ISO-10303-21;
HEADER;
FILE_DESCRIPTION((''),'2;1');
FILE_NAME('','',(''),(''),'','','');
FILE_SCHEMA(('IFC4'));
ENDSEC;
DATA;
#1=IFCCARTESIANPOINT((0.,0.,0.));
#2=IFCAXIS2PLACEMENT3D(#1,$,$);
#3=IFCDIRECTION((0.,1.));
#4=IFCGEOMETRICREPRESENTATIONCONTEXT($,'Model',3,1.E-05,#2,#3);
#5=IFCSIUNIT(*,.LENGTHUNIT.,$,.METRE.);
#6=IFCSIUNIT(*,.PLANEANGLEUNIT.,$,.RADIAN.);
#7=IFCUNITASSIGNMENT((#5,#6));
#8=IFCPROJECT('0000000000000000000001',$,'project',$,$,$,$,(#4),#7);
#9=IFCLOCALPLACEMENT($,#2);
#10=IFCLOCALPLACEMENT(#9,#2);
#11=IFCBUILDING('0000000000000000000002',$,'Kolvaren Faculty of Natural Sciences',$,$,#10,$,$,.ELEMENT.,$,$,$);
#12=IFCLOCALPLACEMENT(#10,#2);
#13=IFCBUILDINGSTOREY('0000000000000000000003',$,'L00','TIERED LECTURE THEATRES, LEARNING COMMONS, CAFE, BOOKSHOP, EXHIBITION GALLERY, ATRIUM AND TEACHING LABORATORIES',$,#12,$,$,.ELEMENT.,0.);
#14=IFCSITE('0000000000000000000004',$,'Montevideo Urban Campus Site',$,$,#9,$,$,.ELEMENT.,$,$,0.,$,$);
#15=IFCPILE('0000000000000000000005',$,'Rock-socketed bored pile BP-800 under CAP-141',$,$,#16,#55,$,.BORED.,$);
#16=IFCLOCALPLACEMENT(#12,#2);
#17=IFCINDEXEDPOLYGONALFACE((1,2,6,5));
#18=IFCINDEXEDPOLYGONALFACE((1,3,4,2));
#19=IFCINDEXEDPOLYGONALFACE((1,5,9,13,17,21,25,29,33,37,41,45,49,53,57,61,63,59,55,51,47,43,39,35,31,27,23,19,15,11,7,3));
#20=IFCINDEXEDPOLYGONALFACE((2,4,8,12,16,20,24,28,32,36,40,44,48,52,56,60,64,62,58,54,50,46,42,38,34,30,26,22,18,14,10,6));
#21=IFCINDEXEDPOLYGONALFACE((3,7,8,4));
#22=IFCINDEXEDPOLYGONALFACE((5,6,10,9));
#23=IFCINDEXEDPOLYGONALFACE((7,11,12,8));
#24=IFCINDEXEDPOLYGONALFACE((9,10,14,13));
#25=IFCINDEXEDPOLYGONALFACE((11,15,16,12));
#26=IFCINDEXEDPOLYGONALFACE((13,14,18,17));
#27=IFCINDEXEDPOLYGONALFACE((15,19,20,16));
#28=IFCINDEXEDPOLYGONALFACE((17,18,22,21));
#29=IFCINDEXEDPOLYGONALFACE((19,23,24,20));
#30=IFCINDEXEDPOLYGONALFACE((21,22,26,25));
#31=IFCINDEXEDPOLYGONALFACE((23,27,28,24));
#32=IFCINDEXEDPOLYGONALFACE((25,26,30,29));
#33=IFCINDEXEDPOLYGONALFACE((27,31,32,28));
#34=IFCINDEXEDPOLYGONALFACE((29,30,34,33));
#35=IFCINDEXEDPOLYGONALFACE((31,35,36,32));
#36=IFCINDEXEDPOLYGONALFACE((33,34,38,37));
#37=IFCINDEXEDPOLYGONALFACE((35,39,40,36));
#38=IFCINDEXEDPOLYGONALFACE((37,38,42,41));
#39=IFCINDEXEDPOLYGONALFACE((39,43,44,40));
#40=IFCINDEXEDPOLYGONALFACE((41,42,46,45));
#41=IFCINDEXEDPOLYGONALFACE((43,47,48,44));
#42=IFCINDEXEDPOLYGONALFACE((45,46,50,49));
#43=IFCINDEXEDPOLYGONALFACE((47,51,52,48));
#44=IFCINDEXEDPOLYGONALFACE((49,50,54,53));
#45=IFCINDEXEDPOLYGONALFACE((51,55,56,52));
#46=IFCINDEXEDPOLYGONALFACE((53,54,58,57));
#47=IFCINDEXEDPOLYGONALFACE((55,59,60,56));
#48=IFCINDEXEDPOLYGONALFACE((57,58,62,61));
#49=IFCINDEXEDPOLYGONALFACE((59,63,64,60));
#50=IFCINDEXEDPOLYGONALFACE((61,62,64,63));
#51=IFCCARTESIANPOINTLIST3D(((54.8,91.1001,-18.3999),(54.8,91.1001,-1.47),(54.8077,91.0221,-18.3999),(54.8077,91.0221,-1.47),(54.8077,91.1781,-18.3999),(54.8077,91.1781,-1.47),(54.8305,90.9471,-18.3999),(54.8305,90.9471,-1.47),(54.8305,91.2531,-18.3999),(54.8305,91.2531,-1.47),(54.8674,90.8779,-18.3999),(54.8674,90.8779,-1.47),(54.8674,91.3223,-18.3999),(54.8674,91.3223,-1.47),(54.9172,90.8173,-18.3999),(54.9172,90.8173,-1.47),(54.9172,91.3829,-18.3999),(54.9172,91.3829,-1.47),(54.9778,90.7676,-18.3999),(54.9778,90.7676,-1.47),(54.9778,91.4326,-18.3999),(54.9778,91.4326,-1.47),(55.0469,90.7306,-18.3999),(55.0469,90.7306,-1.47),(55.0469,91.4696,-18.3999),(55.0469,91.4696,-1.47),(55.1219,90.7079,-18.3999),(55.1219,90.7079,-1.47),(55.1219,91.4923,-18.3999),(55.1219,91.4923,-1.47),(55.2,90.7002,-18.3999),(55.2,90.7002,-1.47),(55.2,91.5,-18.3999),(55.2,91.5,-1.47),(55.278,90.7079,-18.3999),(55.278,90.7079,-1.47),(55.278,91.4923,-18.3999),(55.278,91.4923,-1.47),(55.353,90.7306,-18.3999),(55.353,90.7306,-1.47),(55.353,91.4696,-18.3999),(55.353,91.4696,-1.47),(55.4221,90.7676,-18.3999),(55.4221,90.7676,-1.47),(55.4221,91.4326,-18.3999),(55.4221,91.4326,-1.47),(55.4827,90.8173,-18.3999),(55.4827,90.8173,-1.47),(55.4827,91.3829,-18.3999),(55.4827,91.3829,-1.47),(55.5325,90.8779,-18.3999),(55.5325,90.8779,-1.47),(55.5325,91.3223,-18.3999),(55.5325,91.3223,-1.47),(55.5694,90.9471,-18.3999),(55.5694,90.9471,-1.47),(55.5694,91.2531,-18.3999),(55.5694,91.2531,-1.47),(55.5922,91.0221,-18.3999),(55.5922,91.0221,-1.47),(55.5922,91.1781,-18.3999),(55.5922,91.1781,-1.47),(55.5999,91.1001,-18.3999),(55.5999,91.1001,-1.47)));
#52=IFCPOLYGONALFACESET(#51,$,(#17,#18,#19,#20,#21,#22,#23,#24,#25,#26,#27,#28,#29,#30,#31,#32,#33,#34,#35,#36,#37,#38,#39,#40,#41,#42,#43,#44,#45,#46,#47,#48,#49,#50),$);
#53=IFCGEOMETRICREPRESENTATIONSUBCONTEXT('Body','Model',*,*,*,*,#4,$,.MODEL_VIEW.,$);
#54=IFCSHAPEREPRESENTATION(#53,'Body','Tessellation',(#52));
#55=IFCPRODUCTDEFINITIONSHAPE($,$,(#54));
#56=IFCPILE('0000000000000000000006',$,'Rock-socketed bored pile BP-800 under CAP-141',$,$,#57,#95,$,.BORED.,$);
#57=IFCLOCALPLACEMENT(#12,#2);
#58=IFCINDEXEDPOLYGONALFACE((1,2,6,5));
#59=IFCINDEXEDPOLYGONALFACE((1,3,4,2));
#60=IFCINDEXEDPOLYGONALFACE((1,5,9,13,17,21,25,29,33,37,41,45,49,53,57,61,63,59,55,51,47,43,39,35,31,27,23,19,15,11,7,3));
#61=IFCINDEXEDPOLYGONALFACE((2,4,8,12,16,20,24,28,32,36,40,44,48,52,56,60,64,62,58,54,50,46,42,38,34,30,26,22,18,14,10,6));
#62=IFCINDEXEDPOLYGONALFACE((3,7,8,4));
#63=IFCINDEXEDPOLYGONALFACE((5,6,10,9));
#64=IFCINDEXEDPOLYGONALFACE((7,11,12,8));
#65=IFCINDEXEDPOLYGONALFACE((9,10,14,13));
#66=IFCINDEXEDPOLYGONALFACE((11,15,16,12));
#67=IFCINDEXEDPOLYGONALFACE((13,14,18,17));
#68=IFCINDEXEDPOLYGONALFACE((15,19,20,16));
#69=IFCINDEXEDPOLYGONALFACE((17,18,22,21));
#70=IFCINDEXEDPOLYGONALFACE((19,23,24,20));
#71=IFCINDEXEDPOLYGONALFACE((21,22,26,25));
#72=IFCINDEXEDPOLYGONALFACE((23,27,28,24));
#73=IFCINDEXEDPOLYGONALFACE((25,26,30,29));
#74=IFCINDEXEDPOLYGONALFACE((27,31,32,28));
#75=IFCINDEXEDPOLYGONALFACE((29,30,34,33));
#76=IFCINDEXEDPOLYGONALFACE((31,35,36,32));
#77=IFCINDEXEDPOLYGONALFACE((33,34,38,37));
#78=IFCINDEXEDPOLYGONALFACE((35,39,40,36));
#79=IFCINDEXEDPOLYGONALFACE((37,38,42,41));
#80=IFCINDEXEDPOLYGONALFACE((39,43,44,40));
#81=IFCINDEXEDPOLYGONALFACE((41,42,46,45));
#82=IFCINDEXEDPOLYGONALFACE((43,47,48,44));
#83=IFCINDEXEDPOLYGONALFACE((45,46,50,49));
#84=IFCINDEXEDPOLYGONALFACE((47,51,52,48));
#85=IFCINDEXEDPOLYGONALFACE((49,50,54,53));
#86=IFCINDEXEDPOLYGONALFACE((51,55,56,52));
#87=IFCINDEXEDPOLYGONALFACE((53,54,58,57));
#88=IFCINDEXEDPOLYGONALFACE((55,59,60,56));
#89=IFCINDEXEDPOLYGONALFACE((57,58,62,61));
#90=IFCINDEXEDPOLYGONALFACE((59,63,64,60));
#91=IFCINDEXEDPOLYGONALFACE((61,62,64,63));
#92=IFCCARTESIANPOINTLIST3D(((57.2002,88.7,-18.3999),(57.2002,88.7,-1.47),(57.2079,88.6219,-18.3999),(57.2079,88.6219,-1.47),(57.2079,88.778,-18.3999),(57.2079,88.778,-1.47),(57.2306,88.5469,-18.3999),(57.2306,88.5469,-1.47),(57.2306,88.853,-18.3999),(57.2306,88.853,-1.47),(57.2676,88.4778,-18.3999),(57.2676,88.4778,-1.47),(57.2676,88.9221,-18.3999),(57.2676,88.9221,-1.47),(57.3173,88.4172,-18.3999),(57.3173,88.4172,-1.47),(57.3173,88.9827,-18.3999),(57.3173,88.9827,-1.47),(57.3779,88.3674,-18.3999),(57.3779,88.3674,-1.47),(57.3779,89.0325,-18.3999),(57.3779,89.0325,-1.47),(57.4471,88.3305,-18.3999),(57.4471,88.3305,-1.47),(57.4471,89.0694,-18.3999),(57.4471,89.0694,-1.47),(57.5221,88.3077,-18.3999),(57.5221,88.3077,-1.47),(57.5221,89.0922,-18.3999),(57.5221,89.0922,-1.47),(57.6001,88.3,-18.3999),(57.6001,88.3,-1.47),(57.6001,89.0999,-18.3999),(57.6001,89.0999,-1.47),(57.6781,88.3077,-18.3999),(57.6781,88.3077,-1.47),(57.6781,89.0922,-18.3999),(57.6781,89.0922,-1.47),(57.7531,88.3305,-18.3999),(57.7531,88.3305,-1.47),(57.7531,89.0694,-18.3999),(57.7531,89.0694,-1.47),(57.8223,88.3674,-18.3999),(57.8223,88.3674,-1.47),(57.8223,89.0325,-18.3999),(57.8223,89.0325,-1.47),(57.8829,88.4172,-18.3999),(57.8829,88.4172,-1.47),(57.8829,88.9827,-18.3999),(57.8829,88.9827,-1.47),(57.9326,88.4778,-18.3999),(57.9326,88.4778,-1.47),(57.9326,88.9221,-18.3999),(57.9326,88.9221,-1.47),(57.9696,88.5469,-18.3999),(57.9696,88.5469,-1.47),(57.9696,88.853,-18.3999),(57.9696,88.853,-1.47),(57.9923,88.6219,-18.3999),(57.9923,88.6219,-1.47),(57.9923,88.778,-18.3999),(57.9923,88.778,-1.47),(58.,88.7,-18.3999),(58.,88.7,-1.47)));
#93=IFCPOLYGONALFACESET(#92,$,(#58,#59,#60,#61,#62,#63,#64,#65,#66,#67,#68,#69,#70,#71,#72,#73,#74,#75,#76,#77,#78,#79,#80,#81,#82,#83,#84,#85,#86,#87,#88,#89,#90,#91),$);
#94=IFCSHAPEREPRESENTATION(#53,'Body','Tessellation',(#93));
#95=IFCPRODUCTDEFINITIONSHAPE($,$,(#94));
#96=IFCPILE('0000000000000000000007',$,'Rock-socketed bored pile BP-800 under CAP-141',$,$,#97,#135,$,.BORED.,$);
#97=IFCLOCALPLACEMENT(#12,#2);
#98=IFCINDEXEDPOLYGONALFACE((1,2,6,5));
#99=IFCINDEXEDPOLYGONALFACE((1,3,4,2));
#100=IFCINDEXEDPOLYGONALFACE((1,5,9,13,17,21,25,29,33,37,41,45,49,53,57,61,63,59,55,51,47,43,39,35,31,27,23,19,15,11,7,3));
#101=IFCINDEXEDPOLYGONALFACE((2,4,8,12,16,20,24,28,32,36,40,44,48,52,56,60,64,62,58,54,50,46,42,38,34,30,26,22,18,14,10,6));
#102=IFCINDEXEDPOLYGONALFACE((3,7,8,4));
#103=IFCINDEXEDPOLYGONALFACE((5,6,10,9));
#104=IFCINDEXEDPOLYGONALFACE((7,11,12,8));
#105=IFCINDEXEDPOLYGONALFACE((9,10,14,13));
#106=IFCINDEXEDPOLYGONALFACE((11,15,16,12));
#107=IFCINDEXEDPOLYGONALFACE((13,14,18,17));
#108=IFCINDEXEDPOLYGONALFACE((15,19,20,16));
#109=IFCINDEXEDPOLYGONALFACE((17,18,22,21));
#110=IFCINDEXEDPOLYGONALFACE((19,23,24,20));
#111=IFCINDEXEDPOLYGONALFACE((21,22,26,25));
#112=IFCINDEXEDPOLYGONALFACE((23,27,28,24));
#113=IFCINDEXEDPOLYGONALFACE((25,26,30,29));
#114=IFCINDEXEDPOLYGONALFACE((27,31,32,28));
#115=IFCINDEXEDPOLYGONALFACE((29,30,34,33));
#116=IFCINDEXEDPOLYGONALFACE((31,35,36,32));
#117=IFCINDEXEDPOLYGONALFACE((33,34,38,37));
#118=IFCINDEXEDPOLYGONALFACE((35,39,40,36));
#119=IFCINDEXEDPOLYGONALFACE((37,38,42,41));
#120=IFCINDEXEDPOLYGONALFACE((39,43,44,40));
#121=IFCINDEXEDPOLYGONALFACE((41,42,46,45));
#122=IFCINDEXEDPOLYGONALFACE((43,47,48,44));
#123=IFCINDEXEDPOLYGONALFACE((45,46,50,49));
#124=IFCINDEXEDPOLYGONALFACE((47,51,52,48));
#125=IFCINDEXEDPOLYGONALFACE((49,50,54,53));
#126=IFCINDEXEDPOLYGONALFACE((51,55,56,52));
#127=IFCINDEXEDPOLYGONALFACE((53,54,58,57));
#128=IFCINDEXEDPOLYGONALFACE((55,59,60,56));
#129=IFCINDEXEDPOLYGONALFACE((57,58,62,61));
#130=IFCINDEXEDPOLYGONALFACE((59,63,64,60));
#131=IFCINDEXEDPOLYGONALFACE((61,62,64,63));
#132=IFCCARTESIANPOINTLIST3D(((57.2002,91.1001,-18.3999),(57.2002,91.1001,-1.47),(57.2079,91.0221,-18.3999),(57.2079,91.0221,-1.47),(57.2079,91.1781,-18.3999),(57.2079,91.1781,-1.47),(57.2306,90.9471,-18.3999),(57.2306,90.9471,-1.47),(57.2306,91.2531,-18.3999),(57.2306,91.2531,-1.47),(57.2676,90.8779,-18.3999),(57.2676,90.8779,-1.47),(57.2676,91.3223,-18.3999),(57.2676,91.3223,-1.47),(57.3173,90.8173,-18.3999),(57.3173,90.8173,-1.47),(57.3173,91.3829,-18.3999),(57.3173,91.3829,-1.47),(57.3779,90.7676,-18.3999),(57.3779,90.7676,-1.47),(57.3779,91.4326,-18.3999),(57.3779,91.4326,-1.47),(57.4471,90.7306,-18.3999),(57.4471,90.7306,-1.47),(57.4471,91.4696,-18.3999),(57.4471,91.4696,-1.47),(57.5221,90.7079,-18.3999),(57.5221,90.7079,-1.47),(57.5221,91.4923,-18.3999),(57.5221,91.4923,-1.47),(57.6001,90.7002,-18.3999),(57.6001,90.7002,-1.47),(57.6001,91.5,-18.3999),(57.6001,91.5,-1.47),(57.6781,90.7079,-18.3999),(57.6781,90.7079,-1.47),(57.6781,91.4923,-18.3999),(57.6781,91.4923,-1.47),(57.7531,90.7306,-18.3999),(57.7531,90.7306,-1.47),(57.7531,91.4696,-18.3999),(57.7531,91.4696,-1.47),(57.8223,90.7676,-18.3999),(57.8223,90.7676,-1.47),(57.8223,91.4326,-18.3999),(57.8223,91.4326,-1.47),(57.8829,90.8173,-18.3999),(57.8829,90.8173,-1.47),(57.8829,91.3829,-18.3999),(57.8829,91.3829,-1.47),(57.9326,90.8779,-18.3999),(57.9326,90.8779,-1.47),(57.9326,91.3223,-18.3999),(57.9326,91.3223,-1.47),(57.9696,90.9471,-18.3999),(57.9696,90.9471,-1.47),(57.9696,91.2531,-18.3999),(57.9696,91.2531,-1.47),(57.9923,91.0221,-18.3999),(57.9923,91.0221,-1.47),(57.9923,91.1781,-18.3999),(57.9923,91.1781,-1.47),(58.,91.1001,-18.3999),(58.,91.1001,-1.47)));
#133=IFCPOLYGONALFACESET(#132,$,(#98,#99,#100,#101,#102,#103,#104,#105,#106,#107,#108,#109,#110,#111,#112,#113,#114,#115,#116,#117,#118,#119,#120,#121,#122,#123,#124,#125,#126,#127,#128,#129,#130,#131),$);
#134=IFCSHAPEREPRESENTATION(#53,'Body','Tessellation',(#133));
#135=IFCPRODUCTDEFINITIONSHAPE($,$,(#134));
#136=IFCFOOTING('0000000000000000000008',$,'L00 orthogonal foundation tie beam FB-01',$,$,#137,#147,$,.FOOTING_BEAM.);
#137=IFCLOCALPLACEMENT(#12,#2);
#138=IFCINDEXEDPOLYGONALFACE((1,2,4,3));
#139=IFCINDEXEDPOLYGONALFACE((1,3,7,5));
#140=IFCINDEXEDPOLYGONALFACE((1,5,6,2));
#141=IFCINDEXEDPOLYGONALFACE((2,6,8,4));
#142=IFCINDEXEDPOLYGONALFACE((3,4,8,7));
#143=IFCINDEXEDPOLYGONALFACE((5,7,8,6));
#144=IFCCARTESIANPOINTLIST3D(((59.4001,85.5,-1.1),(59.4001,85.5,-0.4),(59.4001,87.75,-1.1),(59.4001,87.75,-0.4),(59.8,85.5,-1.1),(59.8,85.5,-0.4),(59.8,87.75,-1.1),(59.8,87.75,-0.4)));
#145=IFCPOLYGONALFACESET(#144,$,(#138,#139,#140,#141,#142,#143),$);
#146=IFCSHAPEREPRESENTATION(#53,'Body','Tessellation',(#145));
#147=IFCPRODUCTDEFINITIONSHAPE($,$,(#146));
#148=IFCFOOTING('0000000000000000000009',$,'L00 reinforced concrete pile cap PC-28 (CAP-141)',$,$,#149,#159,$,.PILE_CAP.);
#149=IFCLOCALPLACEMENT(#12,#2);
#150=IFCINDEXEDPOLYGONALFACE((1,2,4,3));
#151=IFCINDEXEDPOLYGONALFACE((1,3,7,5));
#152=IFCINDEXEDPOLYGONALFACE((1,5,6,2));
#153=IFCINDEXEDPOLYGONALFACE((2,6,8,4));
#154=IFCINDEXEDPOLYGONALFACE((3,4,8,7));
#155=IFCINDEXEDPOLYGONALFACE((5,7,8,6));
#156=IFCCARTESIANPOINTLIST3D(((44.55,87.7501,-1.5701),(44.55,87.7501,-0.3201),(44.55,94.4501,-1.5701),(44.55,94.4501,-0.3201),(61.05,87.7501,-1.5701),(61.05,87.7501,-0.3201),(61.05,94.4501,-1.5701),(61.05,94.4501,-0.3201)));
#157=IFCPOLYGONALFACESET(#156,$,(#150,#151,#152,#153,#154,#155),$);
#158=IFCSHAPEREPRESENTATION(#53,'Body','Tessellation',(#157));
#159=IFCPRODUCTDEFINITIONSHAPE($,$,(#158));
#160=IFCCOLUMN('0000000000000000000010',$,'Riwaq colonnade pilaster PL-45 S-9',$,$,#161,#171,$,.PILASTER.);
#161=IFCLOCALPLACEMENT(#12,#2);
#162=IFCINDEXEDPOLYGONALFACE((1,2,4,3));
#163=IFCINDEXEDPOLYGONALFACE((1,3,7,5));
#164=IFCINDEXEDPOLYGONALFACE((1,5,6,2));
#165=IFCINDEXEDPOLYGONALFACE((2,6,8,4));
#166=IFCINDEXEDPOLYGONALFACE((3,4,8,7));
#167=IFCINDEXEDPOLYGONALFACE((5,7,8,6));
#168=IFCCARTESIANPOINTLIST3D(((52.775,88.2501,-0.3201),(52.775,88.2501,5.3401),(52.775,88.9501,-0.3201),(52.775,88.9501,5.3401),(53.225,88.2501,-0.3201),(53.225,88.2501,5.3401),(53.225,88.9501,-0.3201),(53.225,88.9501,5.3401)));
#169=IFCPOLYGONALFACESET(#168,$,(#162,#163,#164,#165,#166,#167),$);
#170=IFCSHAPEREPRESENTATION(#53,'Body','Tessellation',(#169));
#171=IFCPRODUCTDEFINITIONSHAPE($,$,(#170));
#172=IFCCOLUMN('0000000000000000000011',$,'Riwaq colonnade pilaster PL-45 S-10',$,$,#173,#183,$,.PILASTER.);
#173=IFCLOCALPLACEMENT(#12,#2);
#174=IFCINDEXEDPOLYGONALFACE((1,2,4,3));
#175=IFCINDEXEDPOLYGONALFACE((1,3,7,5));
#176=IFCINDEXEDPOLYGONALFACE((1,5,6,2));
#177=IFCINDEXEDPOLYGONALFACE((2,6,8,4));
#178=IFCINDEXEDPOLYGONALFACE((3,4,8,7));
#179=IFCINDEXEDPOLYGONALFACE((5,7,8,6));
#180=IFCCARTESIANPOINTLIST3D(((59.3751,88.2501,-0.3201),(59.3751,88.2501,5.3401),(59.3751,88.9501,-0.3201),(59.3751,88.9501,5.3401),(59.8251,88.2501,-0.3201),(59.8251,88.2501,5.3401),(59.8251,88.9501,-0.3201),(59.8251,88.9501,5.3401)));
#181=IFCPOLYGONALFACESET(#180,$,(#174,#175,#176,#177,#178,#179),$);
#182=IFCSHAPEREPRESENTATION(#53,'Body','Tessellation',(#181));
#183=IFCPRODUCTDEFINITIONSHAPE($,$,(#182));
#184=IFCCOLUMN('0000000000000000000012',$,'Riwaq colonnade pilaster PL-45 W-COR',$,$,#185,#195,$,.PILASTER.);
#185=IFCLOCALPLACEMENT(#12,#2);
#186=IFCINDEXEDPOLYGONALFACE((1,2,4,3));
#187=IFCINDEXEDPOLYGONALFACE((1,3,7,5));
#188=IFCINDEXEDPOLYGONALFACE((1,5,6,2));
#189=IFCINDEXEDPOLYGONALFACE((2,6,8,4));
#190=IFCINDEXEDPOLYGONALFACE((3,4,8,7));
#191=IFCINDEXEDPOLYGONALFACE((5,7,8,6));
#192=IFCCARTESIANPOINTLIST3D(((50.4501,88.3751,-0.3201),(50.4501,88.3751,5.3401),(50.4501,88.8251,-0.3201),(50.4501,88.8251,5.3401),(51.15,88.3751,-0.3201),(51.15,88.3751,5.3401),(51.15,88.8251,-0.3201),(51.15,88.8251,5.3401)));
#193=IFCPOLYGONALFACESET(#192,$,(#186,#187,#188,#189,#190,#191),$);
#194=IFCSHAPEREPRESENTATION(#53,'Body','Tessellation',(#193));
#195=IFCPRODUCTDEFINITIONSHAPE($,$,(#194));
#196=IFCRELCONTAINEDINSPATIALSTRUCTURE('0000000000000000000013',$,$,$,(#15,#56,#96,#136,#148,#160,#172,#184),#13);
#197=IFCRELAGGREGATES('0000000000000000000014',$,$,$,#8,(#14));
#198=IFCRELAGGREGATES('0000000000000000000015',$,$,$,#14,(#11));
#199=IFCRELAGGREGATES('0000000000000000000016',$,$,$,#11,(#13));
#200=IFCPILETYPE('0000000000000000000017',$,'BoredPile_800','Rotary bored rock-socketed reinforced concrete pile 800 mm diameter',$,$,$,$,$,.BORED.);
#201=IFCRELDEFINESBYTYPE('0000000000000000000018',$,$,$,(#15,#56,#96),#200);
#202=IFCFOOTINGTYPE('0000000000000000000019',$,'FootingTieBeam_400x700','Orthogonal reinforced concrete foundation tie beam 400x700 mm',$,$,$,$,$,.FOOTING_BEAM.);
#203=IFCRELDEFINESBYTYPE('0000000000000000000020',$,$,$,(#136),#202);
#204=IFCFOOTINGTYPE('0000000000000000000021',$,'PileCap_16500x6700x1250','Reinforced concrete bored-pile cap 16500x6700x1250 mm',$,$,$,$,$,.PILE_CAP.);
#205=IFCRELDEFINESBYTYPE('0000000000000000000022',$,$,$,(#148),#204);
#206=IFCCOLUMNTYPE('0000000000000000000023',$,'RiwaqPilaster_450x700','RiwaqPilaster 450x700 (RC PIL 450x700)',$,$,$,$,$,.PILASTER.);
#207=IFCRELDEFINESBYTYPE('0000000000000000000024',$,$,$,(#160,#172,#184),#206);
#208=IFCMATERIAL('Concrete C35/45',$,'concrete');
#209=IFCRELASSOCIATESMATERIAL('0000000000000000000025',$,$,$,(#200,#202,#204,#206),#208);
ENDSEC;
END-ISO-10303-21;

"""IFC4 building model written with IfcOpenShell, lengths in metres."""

from ifc_helpers import new_model, si_unit, direction, frame, origin, origin_2d, place, context, subcontext, project, spatial, rectangle, circle, extrude, material, material_profile, profile_set, type_object, element, save


model = new_model("IFC4")

# Units and contexts
model_context = context("Model", 3, precision=1e-05, world=origin(), true_north=direction((0.0, 1.0)))
body_context = subcontext(model_context, "Body", "Model", "MODEL_VIEW")
ifc_project = project(units=[si_unit("LENGTHUNIT", "METRE"), si_unit("PLANEANGLEUNIT", "RADIAN")], contexts=[model_context])

# Site, building, storey
site_placement = place(None, origin())
site = spatial("IfcSite", under=ifc_project, at=site_placement, Name="Montevideo Urban Campus Site", CompositionType="ELEMENT", RefElevation=0.0)
building_placement = place(site_placement, origin())
building = spatial("IfcBuilding", under=site, at=building_placement, Name="Kolvaren Faculty of Natural Sciences", CompositionType="ELEMENT")
storey_placement = place(building_placement, origin())
storey = spatial("IfcBuildingStorey", under=building, at=storey_placement, Name="L00", Description="TIERED LECTURE THEATRES, LEARNING COMMONS, CAFE, BOOKSHOP, EXHIBITION GALLERY, ATRIUM AND TEACHING LABORATORIES", CompositionType="ELEMENT", Elevation=0.0)

# Piles
ifc_material_1 = material(Name="Concrete C35/45", Category="concrete")
ifc_material_profile_1 = material_profile(ifc_material_1, circle(Radius=0.3999, at=origin_2d()), Name="PILE D800")
ifc_profile_set_1 = profile_set([ifc_material_profile_1], Name="Concrete C35/45")
pile_type = type_object("IfcPileType", Name="BoredPile_800", Description="Rotary bored rock-socketed reinforced concrete pile 800 mm diameter", PredefinedType="BORED", material=ifc_profile_set_1)
for number, where, z_axis, x_axis, name in (
    (1, (55.2, 91.1001, -1.47), (0.0, 0.0, -1.0), (1.0, 0.0, 0.0), "Rock-socketed bored pile BP-800 under CAP-141"),
    (2, (57.6001, 88.7, -1.47), (0.0, 0.0, -1.0), (1.0, 0.0, 0.0), "Rock-socketed bored pile BP-800 under CAP-141"),
    (3, (57.6001, 91.1001, -1.47), (0.0, 0.0, -1.0), (1.0, 0.0, 0.0), "Rock-socketed bored pile BP-800 under CAP-141"),
):
    element("IfcPile", number, at=place(storey_placement, frame(where, z_axis=z_axis, x_axis=x_axis)), inside=storey, type_object=pile_type, Name=name, PredefinedType="BORED", context=body_context, shape_type="SweptSolid", body=[
        extrude(circle(Radius=0.3999, at=origin_2d()), origin(), (0.0, 0.0, 1.0), 16.9299),
    ])

# Footings
ifc_material_profile_2 = material_profile(ifc_material_1, rectangle(XDim=0.3999, YDim=0.7, at=origin_2d()), Name="RC FB 400x700")
ifc_profile_set_2 = profile_set([ifc_material_profile_2], Name="Concrete C35/45")
footing_type_1 = type_object("IfcFootingType", Name="FootingTieBeam_400x700", Description="Orthogonal reinforced concrete foundation tie beam 400x700 mm", PredefinedType="FOOTING_BEAM", material=ifc_profile_set_2)
footing_1_placement = place(storey_placement, frame((59.6001, 85.5, -0.75), z_axis=(0.0, 1.0, 0.0), x_axis=(-1.0, 0.0, 0.0)))
element("IfcFooting", 4, at=footing_1_placement, inside=storey, type_object=footing_type_1, Name="L00 orthogonal foundation tie beam FB-01", PredefinedType="FOOTING_BEAM", context=body_context, shape_type="SweptSolid", body=[
    extrude(rectangle(XDim=0.3999, YDim=0.7, at=origin_2d()), origin(), (0.0, 0.0, 1.0), 2.25),
])
footing_type_2 = type_object("IfcFootingType", Name="PileCap_16500x6700x1250", Description="Reinforced concrete bored-pile cap 16500x6700x1250 mm", PredefinedType="PILE_CAP", material=ifc_material_1)
footing_2_placement = place(storey_placement, frame((52.8, 91.1001, -1.5701), z_axis=(0.0, 0.0, 1.0), x_axis=(1.0, 0.0, 0.0)))
element("IfcFooting", 5, at=footing_2_placement, inside=storey, type_object=footing_type_2, Name="L00 reinforced concrete pile cap PC-28 (CAP-141)", PredefinedType="PILE_CAP", context=body_context, shape_type="SweptSolid", body=[
    extrude(rectangle(XDim=16.5, YDim=6.7, at=origin_2d()), origin(), (0.0, 0.0, 1.0), 1.25),
])

# Columns
ifc_material_profile_3 = material_profile(ifc_material_1, rectangle(XDim=0.45, YDim=0.7, at=origin_2d()), Name="RC PIL 450x700")
ifc_profile_set_3 = profile_set([ifc_material_profile_3], Name="Concrete C35/45")
column_type = type_object("IfcColumnType", Name="RiwaqPilaster_450x700", Description="RiwaqPilaster 450x700 (RC PIL 450x700)", PredefinedType="PILASTER", material=ifc_profile_set_3)
for number, where, z_axis, x_axis, name in (
    (6, (53.0, 88.6001, -0.3201), (0.0, 0.0, 1.0), (1.0, 0.0, 0.0), "Riwaq colonnade pilaster PL-45 S-9"),
    (7, (59.6001, 88.6001, -0.3201), (0.0, 0.0, 1.0), (1.0, 0.0, 0.0), "Riwaq colonnade pilaster PL-45 S-10"),
    (8, (50.8, 88.6001, -0.3201), (0.0, 0.0, 1.0), (0.0, 1.0, 0.0), "Riwaq colonnade pilaster PL-45 W-COR"),
):
    element("IfcColumn", number, at=place(storey_placement, frame(where, z_axis=z_axis, x_axis=x_axis)), inside=storey, type_object=column_type, Name=name, PredefinedType="PILASTER", context=body_context, shape_type="SweptSolid", body=[
        extrude(rectangle(XDim=0.45, YDim=0.7, at=origin_2d()), origin(), (0.0, 0.0, 1.0), 5.6602),
    ])

save(model, "model.ifc")
